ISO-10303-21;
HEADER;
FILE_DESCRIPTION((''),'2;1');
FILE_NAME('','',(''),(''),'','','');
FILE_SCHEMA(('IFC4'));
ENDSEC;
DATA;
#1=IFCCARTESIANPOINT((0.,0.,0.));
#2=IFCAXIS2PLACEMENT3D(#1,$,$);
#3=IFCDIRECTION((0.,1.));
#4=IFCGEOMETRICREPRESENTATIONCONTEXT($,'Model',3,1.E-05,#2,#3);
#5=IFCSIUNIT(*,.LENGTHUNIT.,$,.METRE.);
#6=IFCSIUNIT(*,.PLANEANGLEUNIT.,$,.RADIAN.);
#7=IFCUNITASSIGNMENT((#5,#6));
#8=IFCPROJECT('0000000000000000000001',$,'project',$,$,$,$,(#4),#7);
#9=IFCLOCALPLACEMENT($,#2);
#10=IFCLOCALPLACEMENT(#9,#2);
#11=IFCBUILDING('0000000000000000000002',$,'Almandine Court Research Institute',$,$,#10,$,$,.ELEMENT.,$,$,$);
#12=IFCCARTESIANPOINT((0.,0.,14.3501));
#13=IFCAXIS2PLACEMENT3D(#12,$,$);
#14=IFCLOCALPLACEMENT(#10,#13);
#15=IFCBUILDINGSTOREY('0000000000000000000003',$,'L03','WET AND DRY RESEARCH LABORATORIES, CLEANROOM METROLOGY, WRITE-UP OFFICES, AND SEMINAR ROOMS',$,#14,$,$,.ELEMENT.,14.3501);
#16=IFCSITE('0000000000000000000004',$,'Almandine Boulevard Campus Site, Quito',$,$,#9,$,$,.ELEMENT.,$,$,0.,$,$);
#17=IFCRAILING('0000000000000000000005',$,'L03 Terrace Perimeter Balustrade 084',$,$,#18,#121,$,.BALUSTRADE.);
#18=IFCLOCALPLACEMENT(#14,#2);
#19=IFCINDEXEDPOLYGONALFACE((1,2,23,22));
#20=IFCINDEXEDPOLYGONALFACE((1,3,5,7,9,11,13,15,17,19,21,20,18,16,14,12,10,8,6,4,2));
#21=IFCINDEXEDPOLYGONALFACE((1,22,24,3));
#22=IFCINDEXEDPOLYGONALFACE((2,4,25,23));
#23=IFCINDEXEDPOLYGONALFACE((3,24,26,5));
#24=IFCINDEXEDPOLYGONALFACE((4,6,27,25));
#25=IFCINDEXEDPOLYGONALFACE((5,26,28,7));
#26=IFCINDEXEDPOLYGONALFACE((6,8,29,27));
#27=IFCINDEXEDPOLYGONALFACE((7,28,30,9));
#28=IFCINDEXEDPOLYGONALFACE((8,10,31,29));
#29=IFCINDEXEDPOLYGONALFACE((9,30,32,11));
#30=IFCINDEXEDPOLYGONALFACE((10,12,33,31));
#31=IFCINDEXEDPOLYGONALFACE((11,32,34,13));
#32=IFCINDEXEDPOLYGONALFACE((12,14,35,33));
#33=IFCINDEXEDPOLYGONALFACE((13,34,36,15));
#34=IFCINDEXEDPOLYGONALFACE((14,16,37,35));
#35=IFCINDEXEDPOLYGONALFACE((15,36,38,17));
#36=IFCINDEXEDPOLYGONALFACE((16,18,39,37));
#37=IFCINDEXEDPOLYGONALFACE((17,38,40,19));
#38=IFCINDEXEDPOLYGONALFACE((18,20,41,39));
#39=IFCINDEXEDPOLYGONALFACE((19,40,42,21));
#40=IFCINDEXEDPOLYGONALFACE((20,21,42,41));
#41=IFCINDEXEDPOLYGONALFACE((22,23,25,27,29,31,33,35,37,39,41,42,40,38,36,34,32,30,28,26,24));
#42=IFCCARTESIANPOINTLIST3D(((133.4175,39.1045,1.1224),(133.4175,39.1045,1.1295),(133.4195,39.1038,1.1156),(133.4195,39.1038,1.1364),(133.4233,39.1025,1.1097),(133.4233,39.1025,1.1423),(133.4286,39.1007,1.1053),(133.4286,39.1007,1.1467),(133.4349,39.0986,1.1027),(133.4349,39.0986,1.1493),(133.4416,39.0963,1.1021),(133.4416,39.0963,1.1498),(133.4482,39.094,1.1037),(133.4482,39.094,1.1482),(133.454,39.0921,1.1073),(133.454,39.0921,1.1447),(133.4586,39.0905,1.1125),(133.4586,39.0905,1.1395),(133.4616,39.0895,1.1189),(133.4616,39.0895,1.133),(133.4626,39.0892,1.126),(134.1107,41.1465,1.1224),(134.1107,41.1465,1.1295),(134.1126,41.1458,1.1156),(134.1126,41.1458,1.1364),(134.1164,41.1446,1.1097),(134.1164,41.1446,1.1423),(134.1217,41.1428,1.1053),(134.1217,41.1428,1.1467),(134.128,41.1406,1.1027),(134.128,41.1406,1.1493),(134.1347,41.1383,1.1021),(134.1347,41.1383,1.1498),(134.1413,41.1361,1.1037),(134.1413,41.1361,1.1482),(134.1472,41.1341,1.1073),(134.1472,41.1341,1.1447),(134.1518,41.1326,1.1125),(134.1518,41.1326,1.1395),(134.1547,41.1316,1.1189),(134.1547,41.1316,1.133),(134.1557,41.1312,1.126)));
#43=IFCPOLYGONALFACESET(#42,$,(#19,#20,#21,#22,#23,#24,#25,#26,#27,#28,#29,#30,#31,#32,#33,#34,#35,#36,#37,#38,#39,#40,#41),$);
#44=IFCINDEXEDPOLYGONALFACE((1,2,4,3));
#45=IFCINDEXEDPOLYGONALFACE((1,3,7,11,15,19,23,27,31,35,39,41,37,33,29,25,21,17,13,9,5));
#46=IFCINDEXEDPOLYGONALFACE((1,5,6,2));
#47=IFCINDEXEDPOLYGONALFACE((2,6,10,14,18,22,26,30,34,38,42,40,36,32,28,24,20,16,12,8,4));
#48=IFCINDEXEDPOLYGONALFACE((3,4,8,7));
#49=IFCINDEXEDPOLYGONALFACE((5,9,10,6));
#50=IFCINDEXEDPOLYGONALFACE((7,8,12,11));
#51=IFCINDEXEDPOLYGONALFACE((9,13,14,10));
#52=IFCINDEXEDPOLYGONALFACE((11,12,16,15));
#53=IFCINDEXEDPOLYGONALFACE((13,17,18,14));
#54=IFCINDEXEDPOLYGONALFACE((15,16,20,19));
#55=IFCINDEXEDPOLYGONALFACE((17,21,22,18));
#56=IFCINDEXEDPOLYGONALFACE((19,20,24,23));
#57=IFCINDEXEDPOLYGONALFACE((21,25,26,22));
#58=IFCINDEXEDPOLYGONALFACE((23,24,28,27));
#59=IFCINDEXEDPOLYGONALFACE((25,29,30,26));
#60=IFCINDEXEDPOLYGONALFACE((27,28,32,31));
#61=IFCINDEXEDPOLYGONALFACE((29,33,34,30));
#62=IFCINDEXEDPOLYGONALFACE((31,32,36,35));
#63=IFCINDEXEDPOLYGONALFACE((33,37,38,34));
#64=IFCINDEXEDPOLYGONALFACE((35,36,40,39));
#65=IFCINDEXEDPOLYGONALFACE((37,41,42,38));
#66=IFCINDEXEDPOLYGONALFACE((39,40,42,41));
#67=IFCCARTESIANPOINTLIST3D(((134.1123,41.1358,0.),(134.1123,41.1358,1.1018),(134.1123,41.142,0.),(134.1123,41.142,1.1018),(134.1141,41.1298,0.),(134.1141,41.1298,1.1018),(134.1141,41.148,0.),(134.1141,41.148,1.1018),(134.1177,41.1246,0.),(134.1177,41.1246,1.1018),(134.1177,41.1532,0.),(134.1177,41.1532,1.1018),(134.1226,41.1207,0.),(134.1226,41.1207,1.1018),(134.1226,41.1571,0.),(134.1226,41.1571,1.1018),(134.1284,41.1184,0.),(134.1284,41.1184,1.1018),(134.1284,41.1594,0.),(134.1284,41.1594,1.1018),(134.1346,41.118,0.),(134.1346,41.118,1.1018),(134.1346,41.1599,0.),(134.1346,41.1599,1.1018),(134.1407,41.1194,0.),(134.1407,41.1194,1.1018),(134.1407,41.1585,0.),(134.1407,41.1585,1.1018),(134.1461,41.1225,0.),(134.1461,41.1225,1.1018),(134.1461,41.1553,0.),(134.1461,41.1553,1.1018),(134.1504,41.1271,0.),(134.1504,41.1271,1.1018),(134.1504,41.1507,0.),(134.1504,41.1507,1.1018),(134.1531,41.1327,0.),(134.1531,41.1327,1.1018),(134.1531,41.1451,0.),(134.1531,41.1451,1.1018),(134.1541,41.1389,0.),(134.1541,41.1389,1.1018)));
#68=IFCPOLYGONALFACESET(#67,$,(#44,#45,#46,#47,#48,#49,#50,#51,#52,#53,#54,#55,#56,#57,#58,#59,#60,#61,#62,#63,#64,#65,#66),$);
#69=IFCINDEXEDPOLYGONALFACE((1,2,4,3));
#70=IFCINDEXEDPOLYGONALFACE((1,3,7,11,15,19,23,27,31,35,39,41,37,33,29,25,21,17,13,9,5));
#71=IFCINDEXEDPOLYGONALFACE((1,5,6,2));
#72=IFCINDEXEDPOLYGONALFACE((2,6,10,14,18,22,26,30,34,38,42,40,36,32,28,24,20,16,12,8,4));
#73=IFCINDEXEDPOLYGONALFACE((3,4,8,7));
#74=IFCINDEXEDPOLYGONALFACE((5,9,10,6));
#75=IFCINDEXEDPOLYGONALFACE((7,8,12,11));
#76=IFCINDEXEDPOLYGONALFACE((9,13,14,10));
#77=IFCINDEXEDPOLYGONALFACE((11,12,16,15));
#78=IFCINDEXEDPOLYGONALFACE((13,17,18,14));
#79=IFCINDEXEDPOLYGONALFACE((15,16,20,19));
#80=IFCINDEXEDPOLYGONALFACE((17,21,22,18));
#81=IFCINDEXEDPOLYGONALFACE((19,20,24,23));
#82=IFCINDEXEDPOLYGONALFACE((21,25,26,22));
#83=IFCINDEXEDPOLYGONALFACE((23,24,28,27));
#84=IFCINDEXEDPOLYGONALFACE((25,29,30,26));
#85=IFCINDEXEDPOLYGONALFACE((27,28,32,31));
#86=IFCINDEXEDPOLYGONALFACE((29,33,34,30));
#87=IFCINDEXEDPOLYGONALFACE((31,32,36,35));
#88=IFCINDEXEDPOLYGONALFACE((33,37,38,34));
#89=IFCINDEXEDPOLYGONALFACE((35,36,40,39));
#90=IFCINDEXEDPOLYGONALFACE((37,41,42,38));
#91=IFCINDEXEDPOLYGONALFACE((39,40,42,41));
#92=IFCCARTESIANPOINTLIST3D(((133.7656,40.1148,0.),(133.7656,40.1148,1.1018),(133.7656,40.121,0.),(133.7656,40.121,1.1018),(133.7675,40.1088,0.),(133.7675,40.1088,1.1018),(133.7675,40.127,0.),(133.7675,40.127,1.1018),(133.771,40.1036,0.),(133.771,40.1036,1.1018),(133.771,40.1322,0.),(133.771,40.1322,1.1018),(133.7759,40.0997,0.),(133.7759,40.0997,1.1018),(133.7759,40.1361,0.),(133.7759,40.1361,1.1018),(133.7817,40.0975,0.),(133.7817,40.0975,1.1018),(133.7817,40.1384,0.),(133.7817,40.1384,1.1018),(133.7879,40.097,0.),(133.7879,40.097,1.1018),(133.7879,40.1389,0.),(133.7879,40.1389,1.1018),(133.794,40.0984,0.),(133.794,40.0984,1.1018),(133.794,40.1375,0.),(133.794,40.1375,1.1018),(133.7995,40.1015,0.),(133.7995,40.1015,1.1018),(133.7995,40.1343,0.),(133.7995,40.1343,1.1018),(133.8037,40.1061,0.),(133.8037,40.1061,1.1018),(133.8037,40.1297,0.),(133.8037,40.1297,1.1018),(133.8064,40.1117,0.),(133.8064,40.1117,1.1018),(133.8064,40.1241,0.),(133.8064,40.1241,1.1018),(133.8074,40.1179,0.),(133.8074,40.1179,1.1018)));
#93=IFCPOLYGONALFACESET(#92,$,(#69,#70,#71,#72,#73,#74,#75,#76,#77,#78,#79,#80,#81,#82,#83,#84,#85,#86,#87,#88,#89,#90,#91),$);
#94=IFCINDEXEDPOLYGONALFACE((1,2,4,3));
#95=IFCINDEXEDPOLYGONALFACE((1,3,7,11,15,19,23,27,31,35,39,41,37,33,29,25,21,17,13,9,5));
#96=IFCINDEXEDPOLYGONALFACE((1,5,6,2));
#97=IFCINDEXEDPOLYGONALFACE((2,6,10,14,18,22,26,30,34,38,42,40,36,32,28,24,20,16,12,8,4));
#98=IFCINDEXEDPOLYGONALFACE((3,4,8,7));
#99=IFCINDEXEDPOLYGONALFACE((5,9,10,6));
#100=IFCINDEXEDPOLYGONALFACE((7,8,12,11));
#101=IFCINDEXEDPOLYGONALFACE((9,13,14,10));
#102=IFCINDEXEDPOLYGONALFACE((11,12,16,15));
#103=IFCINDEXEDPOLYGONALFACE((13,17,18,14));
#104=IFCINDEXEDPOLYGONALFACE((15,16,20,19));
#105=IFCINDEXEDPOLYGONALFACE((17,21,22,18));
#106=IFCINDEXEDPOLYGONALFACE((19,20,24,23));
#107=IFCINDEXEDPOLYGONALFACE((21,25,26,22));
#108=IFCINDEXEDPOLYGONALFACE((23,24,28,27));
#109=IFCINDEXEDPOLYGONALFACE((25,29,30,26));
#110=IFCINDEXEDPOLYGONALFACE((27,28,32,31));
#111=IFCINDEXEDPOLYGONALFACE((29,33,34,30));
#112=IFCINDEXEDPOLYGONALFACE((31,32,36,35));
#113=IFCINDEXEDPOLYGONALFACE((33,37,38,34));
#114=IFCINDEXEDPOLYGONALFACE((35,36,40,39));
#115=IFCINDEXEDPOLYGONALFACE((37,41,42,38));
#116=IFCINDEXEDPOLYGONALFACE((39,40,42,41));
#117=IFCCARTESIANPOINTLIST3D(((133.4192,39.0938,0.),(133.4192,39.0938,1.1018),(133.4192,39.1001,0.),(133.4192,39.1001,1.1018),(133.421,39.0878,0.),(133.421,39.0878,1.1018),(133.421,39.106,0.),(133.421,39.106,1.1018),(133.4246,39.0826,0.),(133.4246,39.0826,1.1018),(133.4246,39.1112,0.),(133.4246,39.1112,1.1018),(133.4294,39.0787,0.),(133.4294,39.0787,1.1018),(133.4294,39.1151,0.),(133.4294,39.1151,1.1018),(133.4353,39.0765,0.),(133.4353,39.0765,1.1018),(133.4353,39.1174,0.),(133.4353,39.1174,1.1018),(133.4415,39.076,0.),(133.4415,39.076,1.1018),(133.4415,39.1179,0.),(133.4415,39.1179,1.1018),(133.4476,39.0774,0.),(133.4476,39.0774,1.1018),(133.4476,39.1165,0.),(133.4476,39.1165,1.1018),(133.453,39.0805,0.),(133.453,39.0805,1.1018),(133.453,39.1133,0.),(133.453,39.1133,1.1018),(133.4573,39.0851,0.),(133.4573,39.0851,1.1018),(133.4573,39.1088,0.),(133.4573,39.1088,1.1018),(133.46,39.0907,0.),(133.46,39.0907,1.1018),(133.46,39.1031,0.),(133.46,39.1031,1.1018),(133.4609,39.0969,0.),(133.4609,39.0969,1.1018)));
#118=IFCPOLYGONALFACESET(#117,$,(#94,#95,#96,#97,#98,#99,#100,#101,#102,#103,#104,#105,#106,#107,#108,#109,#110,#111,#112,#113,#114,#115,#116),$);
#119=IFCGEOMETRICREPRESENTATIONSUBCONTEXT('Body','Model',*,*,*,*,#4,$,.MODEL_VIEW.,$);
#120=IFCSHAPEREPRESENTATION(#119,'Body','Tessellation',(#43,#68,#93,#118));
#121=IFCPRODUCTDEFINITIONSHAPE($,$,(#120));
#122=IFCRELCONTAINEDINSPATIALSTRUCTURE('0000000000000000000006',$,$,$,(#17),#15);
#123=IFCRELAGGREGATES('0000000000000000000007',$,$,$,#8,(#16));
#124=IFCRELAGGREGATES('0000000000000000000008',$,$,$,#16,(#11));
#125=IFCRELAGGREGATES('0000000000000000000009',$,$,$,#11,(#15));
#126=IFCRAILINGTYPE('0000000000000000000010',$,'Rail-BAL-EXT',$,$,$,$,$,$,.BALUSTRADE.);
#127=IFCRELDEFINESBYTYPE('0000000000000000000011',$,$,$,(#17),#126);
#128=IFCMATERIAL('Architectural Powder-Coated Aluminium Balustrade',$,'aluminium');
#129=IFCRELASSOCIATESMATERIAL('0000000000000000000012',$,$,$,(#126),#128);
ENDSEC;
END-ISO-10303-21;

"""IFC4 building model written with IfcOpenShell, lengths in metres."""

from ifc_helpers import new_model, si_unit, direction, frame, origin, origin_2d, place, context, subcontext, project, spatial, circle, extrude, material, type_object, element, save


model = new_model("IFC4")

# Units and contexts
model_context = context("Model", 3, precision=1e-05, world=origin(), true_north=direction((0.0, 1.0)))
body_context = subcontext(model_context, "Body", "Model", "MODEL_VIEW")
ifc_project = project(units=[si_unit("LENGTHUNIT", "METRE"), si_unit("PLANEANGLEUNIT", "RADIAN")], contexts=[model_context])

# Site, building, storey
site_placement = place(None, origin())
site = spatial("IfcSite", under=ifc_project, at=site_placement, Name="Almandine Boulevard Campus Site, Quito", CompositionType="ELEMENT", RefElevation=0.0)
building_placement = place(site_placement, origin())
building = spatial("IfcBuilding", under=site, at=building_placement, Name="Almandine Court Research Institute", CompositionType="ELEMENT")
storey_placement = place(building_placement, frame((0.0, 0.0, 14.3501)))
storey = spatial("IfcBuildingStorey", under=building, at=storey_placement, Name="L03", Description="WET AND DRY RESEARCH LABORATORIES, CLEANROOM METROLOGY, WRITE-UP OFFICES, AND SEMINAR ROOMS", CompositionType="ELEMENT", Elevation=14.3501)

# Railing
ifc_material_1 = material(Name="Architectural Powder-Coated Aluminium Balustrade", Category="aluminium")
railing_type = type_object("IfcRailingType", Name="Rail-BAL-EXT", PredefinedType="BALUSTRADE", material=ifc_material_1)
railing_1_placement = place(storey_placement, frame((134.1331, 41.1389, 0.0)))
element("IfcRailing", 1, at=railing_1_placement, inside=storey, type_object=railing_type, Name="L03 Terrace Perimeter Balustrade 084", PredefinedType="BALUSTRADE", context=body_context, shape_type="SweptSolid", body=[
    extrude(circle(Radius=0.0239, at=origin_2d()), frame((0.0, 0.0, 1.126), z_axis=(-0.32142, -0.946937, 0.0), x_axis=(0.946937, -0.32142, 0.0)), (0.0, 0.0, 1.0), 2.1565),
    extrude(circle(Radius=0.021, at=origin_2d()), origin(), (0.0, 0.0, 1.0), 1.1018),
    extrude(circle(Radius=0.021, at=origin_2d()), frame((-0.3467, -1.021, 0.0)), (0.0, 0.0, 1.0), 1.1018),
    extrude(circle(Radius=0.021, at=origin_2d()), frame((-0.6931, -2.042, 0.0)), (0.0, 0.0, 1.0), 1.1018),
])

save(model, "model.ifc")
